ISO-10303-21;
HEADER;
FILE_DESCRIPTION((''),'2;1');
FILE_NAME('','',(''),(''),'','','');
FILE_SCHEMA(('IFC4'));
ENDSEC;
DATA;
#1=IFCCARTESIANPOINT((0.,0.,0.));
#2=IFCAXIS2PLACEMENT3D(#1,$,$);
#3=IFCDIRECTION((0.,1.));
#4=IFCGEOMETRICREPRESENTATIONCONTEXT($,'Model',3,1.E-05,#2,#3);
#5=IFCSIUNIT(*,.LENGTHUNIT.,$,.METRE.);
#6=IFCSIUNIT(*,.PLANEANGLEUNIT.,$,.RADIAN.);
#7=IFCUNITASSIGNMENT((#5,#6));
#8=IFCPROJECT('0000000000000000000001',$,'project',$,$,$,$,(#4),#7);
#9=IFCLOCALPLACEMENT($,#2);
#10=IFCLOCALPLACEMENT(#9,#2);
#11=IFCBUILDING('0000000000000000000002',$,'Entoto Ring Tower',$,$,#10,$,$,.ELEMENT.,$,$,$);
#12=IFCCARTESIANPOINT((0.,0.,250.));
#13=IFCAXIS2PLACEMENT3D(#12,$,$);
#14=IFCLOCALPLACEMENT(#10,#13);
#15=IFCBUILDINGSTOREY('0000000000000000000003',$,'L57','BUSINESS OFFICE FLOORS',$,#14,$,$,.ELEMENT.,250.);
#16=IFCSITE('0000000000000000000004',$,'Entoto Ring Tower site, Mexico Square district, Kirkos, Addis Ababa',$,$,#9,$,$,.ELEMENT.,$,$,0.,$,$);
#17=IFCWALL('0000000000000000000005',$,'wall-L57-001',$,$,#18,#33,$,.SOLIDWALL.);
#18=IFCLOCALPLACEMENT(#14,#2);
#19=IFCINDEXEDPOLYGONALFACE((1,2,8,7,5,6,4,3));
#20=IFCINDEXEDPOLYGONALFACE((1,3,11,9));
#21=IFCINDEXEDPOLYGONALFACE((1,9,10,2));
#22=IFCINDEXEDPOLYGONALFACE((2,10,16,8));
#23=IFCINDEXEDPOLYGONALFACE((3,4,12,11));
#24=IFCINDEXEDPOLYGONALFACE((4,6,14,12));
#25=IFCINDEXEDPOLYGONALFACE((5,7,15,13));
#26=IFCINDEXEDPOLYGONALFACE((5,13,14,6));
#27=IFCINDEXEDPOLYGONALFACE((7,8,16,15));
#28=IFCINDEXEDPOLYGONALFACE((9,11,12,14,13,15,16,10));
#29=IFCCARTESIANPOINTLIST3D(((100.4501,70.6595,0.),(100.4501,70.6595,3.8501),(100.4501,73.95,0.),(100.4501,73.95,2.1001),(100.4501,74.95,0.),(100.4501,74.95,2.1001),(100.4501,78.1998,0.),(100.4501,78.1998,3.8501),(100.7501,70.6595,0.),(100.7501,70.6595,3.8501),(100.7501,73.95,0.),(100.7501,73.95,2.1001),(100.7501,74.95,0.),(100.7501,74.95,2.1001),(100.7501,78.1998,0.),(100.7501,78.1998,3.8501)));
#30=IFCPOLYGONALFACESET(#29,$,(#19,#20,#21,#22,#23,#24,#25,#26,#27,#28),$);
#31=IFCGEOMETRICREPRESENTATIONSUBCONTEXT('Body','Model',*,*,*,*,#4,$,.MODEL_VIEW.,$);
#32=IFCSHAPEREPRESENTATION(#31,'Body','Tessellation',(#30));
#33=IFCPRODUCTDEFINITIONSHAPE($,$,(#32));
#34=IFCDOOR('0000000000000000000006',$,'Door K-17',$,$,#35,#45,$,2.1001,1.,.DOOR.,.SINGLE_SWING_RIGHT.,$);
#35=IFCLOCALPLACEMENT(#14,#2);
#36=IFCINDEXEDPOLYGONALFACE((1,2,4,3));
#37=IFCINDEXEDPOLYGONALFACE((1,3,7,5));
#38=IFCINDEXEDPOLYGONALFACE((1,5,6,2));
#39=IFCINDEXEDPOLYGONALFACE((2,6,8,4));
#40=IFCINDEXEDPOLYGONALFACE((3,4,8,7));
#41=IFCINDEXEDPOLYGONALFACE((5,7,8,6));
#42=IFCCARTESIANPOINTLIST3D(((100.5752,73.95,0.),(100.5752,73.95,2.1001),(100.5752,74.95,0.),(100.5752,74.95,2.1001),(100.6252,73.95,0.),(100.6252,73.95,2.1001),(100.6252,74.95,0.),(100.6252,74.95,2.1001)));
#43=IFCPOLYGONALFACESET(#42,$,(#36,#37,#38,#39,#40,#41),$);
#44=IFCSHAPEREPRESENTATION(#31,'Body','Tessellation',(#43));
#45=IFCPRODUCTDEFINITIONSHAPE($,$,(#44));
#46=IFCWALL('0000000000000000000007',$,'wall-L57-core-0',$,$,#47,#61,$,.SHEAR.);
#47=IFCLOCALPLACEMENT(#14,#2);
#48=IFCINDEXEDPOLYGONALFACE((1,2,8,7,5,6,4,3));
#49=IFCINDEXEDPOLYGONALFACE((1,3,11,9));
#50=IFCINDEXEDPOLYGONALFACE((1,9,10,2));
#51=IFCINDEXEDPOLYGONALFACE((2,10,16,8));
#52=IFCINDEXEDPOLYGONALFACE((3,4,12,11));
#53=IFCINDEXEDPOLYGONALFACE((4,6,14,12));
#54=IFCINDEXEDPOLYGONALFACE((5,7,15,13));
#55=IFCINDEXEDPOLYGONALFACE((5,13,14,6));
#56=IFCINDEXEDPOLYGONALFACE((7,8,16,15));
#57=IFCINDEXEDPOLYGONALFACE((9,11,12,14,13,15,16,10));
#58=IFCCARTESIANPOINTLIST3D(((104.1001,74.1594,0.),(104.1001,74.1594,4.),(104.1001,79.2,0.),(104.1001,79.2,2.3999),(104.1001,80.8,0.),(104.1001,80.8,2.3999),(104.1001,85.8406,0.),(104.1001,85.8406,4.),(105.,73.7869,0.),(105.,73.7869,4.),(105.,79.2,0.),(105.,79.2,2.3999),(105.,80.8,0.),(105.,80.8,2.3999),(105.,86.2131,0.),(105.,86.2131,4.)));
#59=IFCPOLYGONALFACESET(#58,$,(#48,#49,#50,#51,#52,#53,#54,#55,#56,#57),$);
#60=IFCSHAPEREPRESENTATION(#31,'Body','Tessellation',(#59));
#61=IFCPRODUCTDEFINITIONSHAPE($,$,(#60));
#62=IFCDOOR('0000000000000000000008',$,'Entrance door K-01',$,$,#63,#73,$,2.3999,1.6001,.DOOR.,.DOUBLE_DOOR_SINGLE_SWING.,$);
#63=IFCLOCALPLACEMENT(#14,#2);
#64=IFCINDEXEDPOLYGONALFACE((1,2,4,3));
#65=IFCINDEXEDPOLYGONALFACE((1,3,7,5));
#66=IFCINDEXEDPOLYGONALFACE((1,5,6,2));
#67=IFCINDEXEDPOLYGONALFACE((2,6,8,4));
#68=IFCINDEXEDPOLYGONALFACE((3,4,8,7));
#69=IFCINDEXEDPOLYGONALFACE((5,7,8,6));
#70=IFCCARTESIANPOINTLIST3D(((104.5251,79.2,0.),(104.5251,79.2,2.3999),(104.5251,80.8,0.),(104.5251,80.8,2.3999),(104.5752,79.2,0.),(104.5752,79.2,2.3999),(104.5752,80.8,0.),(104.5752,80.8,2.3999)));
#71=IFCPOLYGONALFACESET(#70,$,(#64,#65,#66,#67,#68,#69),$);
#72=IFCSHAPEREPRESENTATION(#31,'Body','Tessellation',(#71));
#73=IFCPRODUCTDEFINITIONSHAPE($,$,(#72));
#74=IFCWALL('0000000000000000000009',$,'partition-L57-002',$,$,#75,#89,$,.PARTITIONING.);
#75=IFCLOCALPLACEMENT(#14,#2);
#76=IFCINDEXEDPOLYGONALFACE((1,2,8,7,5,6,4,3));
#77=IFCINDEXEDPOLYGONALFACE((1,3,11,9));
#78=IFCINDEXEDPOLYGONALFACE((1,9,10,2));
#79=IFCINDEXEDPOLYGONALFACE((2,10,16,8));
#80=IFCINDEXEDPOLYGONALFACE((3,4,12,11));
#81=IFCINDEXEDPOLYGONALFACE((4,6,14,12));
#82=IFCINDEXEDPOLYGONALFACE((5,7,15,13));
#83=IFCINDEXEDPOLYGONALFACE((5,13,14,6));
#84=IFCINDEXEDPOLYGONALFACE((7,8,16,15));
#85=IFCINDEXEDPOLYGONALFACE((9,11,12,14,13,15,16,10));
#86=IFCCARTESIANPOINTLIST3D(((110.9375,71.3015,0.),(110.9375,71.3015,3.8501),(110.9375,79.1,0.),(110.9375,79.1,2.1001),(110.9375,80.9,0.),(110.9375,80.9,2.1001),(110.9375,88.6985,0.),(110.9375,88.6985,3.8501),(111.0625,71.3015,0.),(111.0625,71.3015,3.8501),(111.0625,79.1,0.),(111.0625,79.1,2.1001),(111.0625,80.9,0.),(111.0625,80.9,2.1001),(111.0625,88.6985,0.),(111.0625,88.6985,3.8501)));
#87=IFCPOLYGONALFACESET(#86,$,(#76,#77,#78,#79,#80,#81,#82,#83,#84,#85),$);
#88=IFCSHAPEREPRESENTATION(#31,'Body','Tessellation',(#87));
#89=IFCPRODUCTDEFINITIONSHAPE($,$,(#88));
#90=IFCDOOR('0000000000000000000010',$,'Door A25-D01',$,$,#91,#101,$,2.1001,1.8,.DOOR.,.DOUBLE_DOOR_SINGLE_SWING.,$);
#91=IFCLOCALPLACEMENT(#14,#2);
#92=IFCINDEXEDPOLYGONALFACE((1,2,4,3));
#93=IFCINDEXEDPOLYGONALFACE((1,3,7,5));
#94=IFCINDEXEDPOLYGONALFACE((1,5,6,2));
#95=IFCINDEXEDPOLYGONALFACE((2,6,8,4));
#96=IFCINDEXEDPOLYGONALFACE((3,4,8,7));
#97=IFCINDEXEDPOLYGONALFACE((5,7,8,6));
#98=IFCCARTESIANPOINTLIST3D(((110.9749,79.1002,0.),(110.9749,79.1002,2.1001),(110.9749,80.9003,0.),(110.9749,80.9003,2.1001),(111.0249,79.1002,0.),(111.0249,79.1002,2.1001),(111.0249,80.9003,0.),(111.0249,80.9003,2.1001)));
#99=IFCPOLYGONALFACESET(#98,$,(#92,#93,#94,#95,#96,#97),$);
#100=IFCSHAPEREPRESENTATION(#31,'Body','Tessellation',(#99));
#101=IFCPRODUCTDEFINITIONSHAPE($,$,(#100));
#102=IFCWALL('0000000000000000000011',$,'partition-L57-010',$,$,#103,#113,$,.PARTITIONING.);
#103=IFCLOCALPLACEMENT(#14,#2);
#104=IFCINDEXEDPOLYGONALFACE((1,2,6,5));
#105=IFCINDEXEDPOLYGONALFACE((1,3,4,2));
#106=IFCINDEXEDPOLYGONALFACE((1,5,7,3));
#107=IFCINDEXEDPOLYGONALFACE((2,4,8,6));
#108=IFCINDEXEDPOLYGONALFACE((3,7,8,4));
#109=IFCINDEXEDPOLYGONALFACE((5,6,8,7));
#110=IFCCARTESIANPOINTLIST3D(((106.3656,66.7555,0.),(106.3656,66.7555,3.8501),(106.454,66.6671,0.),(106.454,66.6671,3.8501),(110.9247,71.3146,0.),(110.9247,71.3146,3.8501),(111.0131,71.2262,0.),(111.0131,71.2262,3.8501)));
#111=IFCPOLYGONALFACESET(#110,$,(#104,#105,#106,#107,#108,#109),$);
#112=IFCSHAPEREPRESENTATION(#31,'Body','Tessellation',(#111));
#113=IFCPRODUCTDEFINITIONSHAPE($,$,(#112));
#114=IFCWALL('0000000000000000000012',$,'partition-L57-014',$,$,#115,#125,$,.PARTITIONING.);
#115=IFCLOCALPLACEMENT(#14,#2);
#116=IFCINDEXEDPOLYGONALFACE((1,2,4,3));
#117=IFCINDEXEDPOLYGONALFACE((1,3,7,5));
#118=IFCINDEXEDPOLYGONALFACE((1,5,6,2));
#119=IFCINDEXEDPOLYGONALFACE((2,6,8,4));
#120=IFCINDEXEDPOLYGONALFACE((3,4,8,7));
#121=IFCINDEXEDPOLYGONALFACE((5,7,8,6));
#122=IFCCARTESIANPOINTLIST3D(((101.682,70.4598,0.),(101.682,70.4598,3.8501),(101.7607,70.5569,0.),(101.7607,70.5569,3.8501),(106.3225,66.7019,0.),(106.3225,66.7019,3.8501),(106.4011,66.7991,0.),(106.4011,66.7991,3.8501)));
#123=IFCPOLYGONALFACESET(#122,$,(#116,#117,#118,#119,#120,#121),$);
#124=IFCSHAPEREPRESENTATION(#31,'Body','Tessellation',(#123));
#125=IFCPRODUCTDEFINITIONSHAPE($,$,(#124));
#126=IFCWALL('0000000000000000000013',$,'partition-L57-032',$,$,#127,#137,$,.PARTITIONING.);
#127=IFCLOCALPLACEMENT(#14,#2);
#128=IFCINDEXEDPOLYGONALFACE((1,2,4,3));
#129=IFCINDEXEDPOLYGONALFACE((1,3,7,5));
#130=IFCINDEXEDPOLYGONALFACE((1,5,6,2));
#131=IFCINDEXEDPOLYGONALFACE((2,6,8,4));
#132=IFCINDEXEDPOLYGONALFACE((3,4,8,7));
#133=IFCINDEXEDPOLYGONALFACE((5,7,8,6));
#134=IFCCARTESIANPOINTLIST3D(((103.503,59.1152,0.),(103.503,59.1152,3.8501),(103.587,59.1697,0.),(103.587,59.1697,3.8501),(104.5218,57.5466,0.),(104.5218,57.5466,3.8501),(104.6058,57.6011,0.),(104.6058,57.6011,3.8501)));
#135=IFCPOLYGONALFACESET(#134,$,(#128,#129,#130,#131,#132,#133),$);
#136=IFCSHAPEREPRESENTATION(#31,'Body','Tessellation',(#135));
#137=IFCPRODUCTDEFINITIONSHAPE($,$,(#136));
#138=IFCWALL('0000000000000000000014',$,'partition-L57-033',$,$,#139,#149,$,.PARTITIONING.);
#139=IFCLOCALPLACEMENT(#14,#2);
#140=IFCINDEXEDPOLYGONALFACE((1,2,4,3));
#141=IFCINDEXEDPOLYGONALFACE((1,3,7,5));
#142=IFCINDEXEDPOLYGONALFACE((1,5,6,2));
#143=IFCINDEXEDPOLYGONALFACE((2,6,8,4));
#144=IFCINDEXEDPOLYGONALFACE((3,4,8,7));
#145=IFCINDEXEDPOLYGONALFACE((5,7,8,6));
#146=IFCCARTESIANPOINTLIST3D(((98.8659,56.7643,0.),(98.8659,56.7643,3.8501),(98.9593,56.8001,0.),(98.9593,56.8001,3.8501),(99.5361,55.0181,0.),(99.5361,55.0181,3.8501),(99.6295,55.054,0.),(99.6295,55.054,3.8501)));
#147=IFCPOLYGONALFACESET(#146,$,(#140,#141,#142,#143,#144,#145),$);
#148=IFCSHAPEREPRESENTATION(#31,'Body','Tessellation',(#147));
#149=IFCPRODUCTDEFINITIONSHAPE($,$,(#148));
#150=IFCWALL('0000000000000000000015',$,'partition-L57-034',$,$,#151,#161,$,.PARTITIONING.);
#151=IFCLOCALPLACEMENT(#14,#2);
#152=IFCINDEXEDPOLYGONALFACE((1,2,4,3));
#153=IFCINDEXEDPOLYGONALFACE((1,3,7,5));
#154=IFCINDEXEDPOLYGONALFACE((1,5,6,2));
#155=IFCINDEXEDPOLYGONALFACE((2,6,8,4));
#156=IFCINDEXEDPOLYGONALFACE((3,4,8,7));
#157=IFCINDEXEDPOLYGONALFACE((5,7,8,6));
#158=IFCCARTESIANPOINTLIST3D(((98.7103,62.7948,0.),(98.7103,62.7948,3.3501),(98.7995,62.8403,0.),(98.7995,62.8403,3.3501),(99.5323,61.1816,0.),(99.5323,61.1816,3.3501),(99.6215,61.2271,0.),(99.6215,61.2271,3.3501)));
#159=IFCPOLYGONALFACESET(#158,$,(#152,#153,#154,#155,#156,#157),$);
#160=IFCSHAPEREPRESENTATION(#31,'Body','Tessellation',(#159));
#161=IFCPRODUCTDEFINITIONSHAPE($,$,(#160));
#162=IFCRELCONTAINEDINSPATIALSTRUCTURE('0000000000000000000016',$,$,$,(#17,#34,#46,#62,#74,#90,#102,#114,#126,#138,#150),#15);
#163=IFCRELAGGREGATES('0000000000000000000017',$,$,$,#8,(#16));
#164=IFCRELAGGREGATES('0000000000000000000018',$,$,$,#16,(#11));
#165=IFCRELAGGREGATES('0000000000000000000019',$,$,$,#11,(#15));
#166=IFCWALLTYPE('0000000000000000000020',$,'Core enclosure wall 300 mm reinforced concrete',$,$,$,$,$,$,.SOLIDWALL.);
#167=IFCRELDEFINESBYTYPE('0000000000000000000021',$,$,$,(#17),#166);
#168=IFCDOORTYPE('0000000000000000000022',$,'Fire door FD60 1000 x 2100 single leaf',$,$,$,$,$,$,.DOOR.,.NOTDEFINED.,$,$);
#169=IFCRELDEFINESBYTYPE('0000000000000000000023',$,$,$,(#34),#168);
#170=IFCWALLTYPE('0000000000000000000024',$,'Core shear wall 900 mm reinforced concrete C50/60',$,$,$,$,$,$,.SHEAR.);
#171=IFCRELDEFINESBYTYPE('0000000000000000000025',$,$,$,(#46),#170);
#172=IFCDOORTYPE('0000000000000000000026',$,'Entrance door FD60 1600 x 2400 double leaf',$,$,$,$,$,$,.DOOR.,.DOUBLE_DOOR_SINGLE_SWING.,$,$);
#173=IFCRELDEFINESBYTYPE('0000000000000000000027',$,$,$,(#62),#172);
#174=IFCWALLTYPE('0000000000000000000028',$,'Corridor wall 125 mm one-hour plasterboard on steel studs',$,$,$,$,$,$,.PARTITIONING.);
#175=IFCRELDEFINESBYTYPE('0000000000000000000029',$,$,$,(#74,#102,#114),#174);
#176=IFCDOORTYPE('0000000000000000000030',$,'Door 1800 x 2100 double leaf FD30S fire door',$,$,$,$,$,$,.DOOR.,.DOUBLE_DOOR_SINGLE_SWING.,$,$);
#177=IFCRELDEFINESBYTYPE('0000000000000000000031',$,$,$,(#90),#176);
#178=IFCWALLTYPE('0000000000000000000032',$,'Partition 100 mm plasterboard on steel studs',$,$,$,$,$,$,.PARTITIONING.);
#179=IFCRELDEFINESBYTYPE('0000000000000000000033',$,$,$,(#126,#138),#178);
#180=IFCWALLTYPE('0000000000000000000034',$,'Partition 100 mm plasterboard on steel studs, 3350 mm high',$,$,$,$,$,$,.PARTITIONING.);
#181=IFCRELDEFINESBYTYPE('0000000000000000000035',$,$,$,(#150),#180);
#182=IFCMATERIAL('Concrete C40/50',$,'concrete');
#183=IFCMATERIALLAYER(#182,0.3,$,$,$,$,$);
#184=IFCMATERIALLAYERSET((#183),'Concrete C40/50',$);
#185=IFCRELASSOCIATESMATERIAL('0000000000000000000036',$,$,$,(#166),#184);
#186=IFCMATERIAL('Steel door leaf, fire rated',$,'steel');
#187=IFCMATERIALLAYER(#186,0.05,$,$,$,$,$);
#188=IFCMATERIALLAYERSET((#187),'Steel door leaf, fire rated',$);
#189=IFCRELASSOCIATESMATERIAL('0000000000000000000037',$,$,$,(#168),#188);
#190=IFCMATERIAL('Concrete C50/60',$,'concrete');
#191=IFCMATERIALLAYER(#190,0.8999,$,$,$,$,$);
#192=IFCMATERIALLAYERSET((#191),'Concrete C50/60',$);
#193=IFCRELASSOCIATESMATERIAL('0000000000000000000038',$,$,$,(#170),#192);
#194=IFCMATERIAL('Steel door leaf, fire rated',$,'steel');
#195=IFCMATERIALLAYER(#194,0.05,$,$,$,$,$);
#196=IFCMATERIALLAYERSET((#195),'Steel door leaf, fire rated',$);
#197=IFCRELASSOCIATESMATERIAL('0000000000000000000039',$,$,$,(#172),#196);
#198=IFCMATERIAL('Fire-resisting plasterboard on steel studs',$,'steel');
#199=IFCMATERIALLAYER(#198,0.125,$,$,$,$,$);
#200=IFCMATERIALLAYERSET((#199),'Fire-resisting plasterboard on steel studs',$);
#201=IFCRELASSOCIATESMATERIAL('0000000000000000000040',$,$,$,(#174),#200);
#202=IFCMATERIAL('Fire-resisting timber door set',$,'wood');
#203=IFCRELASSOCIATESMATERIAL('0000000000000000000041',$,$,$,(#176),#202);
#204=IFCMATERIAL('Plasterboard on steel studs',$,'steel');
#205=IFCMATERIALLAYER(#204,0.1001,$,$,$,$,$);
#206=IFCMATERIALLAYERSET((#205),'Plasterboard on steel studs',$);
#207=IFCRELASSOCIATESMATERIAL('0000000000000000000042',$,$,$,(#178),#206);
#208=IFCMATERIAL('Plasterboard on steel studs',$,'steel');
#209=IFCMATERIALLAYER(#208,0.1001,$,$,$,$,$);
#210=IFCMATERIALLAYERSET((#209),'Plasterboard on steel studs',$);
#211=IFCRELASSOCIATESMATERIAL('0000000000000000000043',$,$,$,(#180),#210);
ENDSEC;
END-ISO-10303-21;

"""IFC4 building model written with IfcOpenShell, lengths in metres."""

from ifc_helpers import new_model, si_unit, direction, frame, frame_2d, origin, place, context, subcontext, project, spatial, polyline, rectangle, outline, extrude, material, layer, layer_set, type_object, element, fill, save


model = new_model("IFC4")

# Units and contexts
model_context = context("Model", 3, precision=1e-05, world=origin(), true_north=direction((0.0, 1.0)))
body_context = subcontext(model_context, "Body", "Model", "MODEL_VIEW")
ifc_project = project(units=[si_unit("LENGTHUNIT", "METRE"), si_unit("PLANEANGLEUNIT", "RADIAN")], contexts=[model_context])

# Site, building, storey
site_placement = place(None, origin())
site = spatial("IfcSite", under=ifc_project, at=site_placement, Name="Entoto Ring Tower site, Mexico Square district, Kirkos, Addis Ababa", CompositionType="ELEMENT", RefElevation=0.0)
building_placement = place(site_placement, origin())
building = spatial("IfcBuilding", under=site, at=building_placement, Name="Entoto Ring Tower", CompositionType="ELEMENT")
storey_placement = place(building_placement, frame((0.0, 0.0, 250.0)))
storey = spatial("IfcBuildingStorey", under=building, at=storey_placement, Name="L57", Description="BUSINESS OFFICE FLOORS", CompositionType="ELEMENT", Elevation=250.0)

# Walls, openings, doors
ifc_material_1 = material(Name="Concrete C40/50", Category="concrete")
ifc_layer_1 = layer(ifc_material_1, 0.3)
ifc_layer_set_1 = layer_set([ifc_layer_1], Name="Concrete C40/50")
wall_type_1 = type_object("IfcWallType", Name="Core enclosure wall 300 mm reinforced concrete", PredefinedType="SOLIDWALL", material=ifc_layer_set_1)
wall_1_placement = place(storey_placement, frame((100.6001, 70.6597, 0.0), z_axis=(0.0, 0.0, 1.0), x_axis=(0.0, 1.0, 0.0)))
wall_1 = element("IfcWall", 1, at=wall_1_placement, inside=storey, type_object=wall_type_1, Name="wall-L57-001", PredefinedType="SOLIDWALL", context=body_context, shape_type="SweptSolid", body=[
    extrude(rectangle(XDim=7.5403, YDim=0.3, at=frame_2d((3.77, 0.0))), origin(), (0.0, 0.0, 1.0), 3.8501),
])
opening_1_placement = place(wall_1_placement, frame((3.2903, 0.0, 0.0)))
opening_1 = element("IfcOpeningElement", 2, at=opening_1_placement, cuts=wall_1, PredefinedType="OPENING", context=body_context, shape_type="SweptSolid", body=[
    extrude(rectangle(XDim=1.0, YDim=2.1001, at=frame_2d((0.5, 1.05))), frame((0.0, 0.1602, 0.0), z_axis=(0.0, -1.0, 0.0), x_axis=(1.0, 0.0, 0.0)), (0.0, 0.0, 1.0), 0.3201),
])
ifc_material_2 = material(Name="Steel door leaf, fire rated", Category="steel")
ifc_layer_2 = layer(ifc_material_2, 0.05)
ifc_layer_set_2 = layer_set([ifc_layer_2], Name="Steel door leaf, fire rated")
door_type_1 = type_object("IfcDoorType", Name="Fire door FD60 1000 x 2100 single leaf", OperationType="NOTDEFINED", PredefinedType="DOOR", material=ifc_layer_set_2)
door_1_placement = place(opening_1_placement, origin())
door_1 = element("IfcDoor", 3, at=door_1_placement, inside=storey, type_object=door_type_1, Name="Door K-17", OperationType="SINGLE_SWING_RIGHT", OverallHeight=2.1001, OverallWidth=1.0, PredefinedType="DOOR", context=body_context, shape_type="SweptSolid", body=[
    extrude(rectangle(XDim=1.0, YDim=2.1001, at=frame_2d((0.5, 1.05))), frame((0.0, 0.0249, 0.0), z_axis=(0.0, -1.0, 0.0), x_axis=(1.0, 0.0, 0.0)), (0.0, 0.0, 1.0), 0.05),
])
fill(opening_1, door_1)
ifc_material_3 = material(Name="Concrete C50/60", Category="concrete")
ifc_layer_3 = layer(ifc_material_3, 0.8999)
ifc_layer_set_3 = layer_set([ifc_layer_3], Name="Concrete C50/60")
wall_type_2 = type_object("IfcWallType", Name="Core shear wall 900 mm reinforced concrete C50/60", PredefinedType="SHEAR", material=ifc_layer_set_3)
wall_2_placement = place(storey_placement, frame((104.55, 73.9731, 0.0), z_axis=(0.0, 0.0, 1.0), x_axis=(0.0, 1.0, 0.0)))
wall_2 = element("IfcWall", 4, at=wall_2_placement, inside=storey, type_object=wall_type_2, Name="wall-L57-core-0", PredefinedType="SHEAR", context=body_context, shape_type="SweptSolid", body=[
    extrude(outline(polyline([(-0.1863, -0.45), (12.24, -0.45), (11.8674, 0.45), (0.1863, 0.45), (-0.1863, -0.45)])), origin(), (0.0, 0.0, 1.0), 4.0),
])
opening_2_placement = place(wall_2_placement, frame((5.2268, 0.0, 0.0)))
opening_2 = element("IfcOpeningElement", 5, at=opening_2_placement, cuts=wall_2, PredefinedType="OPENING", context=body_context, shape_type="SweptSolid", body=[
    extrude(rectangle(XDim=1.6001, YDim=2.3999, at=frame_2d((0.8, 1.2))), frame((0.0, 0.46, 0.0), z_axis=(0.0, -1.0, 0.0), x_axis=(1.0, 0.0, 0.0)), (0.0, 0.0, 1.0), 0.9199),
])
ifc_material_4 = material(Name="Steel door leaf, fire rated", Category="steel")
ifc_layer_4 = layer(ifc_material_4, 0.05)
ifc_layer_set_4 = layer_set([ifc_layer_4], Name="Steel door leaf, fire rated")
door_type_2 = type_object("IfcDoorType", Name="Entrance door FD60 1600 x 2400 double leaf", OperationType="DOUBLE_DOOR_SINGLE_SWING", PredefinedType="DOOR", material=ifc_layer_set_4)
door_2_placement = place(opening_2_placement, origin())
door_2 = element("IfcDoor", 6, at=door_2_placement, inside=storey, type_object=door_type_2, Name="Entrance door K-01", OperationType="DOUBLE_DOOR_SINGLE_SWING", OverallHeight=2.3999, OverallWidth=1.6001, PredefinedType="DOOR", context=body_context, shape_type="SweptSolid", body=[
    extrude(rectangle(XDim=1.6001, YDim=2.3999, at=frame_2d((0.8, 1.2))), frame((0.0, 0.0249, 0.0), z_axis=(0.0, -1.0, 0.0), x_axis=(1.0, 0.0, 0.0)), (0.0, 0.0, 1.0), 0.05),
])
fill(opening_2, door_2)
ifc_material_5 = material(Name="Fire-resisting plasterboard on steel studs", Category="steel")
ifc_layer_5 = layer(ifc_material_5, 0.125)
ifc_layer_set_5 = layer_set([ifc_layer_5], Name="Fire-resisting plasterboard on steel studs")
wall_type_3 = type_object("IfcWallType", Name="Corridor wall 125 mm one-hour plasterboard on steel studs", PredefinedType="PARTITIONING", material=ifc_layer_set_5)
wall_3_placement = place(storey_placement, frame((111.0, 71.3015, 0.0), z_axis=(0.0, 0.0, 1.0), x_axis=(0.0, 1.0, 0.0)))
wall_3 = element("IfcWall", 7, at=wall_3_placement, inside=storey, type_object=wall_type_3, Name="partition-L57-002", PredefinedType="PARTITIONING", context=body_context, shape_type="SweptSolid", body=[
    extrude(rectangle(XDim=17.397, YDim=0.125, at=frame_2d((8.6985, 0.0))), origin(), (0.0, 0.0, 1.0), 3.8501),
])
opening_3_placement = place(wall_3_placement, frame((7.7986, 0.0, 0.0)))
opening_3 = element("IfcOpeningElement", 8, at=opening_3_placement, cuts=wall_3, PredefinedType="OPENING", context=body_context, shape_type="SweptSolid", body=[
    extrude(rectangle(XDim=1.8, YDim=2.1001, at=frame_2d((0.8999, 1.05))), frame((0.0, 0.0725, 0.0), z_axis=(0.0, -1.0, 0.0), x_axis=(1.0, 0.0, 0.0)), (0.0, 0.0, 1.0), 0.145),
])
ifc_material_6 = material(Name="Fire-resisting timber door set", Category="wood")
door_type_3 = type_object("IfcDoorType", Name="Door 1800 x 2100 double leaf FD30S fire door", OperationType="DOUBLE_DOOR_SINGLE_SWING", PredefinedType="DOOR", material=ifc_material_6)
door_3_placement = place(opening_3_placement, frame((1.8, 0.0, 0.0), z_axis=(0.0, 0.0, 1.0), x_axis=(-1.0, 0.0, 0.0)))
door_3 = element("IfcDoor", 9, at=door_3_placement, inside=storey, type_object=door_type_3, Name="Door A25-D01", OperationType="DOUBLE_DOOR_SINGLE_SWING", OverallHeight=2.1001, OverallWidth=1.8, PredefinedType="DOOR", context=body_context, shape_type="SweptSolid", body=[
    extrude(rectangle(XDim=1.8, YDim=2.1001, at=frame_2d((0.8999, 1.05))), frame((0.0, 0.0249, 0.0), z_axis=(0.0, -1.0, 0.0), x_axis=(1.0, 0.0, 0.0)), (0.0, 0.0, 1.0), 0.05),
])
fill(opening_3, door_3)

# Walls
wall_4_placement = place(storey_placement, frame((106.4099, 66.7114, 0.0), z_axis=(0.0, 0.0, 1.0), x_axis=(0.707107, 0.707107, 0.0)))
element("IfcWall", 10, at=wall_4_placement, inside=storey, type_object=wall_type_3, Name="partition-L57-010", PredefinedType="PARTITIONING", context=body_context, shape_type="SweptSolid", body=[
    extrude(rectangle(XDim=6.4475, YDim=0.125, at=frame_2d((3.2236, 0.0))), origin(), (0.0, 0.0, 1.0), 3.8501),
])
wall_5_placement = place(storey_placement, frame((106.3618, 66.7505, 0.0), z_axis=(0.0, 0.0, 1.0), x_axis=(-0.777137, 0.629331, 0.0)))
element("IfcWall", 11, at=wall_5_placement, inside=storey, type_object=wall_type_3, Name="partition-L57-014", PredefinedType="PARTITIONING", context=body_context, shape_type="SweptSolid", body=[
    extrude(rectangle(XDim=5.9712, YDim=0.125, at=frame_2d((2.9856, 0.0))), origin(), (0.0, 0.0, 1.0), 3.8501),
])
ifc_material_7 = material(Name="Plasterboard on steel studs", Category="steel")
ifc_layer_6 = layer(ifc_material_7, 0.1001)
ifc_layer_set_6 = layer_set([ifc_layer_6], Name="Plasterboard on steel studs")
wall_type_4 = type_object("IfcWallType", Name="Partition 100 mm plasterboard on steel studs", PredefinedType="PARTITIONING", material=ifc_layer_set_6)
for number, where, z_axis, x_axis, name in (
    (12, (104.5637, 57.574, 0.0), (0.0, 0.0, 1.0), (-0.54469, 0.838637, 0.0), "partition-L57-032"),
    (13, (99.5828, 55.0361, 0.0), (0.0, 0.0, 1.0), (-0.358323, 0.933598, 0.0), "partition-L57-033"),
):
    element("IfcWall", number, at=place(storey_placement, frame(where, z_axis=z_axis, x_axis=x_axis)), inside=storey, type_object=wall_type_4, Name=name, PredefinedType="PARTITIONING", context=body_context, shape_type="SweptSolid", body=[
        extrude(rectangle(XDim=1.8704, YDim=0.1001, at=frame_2d((0.9351, 0.0))), origin(), (0.0, 0.0, 1.0), 3.8501),
    ])
ifc_material_8 = material(Name="Plasterboard on steel studs", Category="steel")
ifc_layer_7 = layer(ifc_material_8, 0.1001)
ifc_layer_set_7 = layer_set([ifc_layer_7], Name="Plasterboard on steel studs")
wall_type_5 = type_object("IfcWallType", Name="Partition 100 mm plasterboard on steel studs, 3350 mm high", PredefinedType="PARTITIONING", material=ifc_layer_set_7)
wall_6_placement = place(storey_placement, frame((99.5769, 61.2043, 0.0), z_axis=(0.0, 0.0, 1.0), x_axis=(-0.453996, 0.891003, 0.0)))
element("IfcWall", 14, at=wall_6_placement, inside=storey, type_object=wall_type_5, Name="partition-L57-034", PredefinedType="PARTITIONING", context=body_context, shape_type="SweptSolid", body=[
    extrude(rectangle(XDim=1.8105, YDim=0.1001, at=frame_2d((0.9053, 0.0))), origin(), (0.0, 0.0, 1.0), 3.3501),
])

save(model, "model.ifc")
